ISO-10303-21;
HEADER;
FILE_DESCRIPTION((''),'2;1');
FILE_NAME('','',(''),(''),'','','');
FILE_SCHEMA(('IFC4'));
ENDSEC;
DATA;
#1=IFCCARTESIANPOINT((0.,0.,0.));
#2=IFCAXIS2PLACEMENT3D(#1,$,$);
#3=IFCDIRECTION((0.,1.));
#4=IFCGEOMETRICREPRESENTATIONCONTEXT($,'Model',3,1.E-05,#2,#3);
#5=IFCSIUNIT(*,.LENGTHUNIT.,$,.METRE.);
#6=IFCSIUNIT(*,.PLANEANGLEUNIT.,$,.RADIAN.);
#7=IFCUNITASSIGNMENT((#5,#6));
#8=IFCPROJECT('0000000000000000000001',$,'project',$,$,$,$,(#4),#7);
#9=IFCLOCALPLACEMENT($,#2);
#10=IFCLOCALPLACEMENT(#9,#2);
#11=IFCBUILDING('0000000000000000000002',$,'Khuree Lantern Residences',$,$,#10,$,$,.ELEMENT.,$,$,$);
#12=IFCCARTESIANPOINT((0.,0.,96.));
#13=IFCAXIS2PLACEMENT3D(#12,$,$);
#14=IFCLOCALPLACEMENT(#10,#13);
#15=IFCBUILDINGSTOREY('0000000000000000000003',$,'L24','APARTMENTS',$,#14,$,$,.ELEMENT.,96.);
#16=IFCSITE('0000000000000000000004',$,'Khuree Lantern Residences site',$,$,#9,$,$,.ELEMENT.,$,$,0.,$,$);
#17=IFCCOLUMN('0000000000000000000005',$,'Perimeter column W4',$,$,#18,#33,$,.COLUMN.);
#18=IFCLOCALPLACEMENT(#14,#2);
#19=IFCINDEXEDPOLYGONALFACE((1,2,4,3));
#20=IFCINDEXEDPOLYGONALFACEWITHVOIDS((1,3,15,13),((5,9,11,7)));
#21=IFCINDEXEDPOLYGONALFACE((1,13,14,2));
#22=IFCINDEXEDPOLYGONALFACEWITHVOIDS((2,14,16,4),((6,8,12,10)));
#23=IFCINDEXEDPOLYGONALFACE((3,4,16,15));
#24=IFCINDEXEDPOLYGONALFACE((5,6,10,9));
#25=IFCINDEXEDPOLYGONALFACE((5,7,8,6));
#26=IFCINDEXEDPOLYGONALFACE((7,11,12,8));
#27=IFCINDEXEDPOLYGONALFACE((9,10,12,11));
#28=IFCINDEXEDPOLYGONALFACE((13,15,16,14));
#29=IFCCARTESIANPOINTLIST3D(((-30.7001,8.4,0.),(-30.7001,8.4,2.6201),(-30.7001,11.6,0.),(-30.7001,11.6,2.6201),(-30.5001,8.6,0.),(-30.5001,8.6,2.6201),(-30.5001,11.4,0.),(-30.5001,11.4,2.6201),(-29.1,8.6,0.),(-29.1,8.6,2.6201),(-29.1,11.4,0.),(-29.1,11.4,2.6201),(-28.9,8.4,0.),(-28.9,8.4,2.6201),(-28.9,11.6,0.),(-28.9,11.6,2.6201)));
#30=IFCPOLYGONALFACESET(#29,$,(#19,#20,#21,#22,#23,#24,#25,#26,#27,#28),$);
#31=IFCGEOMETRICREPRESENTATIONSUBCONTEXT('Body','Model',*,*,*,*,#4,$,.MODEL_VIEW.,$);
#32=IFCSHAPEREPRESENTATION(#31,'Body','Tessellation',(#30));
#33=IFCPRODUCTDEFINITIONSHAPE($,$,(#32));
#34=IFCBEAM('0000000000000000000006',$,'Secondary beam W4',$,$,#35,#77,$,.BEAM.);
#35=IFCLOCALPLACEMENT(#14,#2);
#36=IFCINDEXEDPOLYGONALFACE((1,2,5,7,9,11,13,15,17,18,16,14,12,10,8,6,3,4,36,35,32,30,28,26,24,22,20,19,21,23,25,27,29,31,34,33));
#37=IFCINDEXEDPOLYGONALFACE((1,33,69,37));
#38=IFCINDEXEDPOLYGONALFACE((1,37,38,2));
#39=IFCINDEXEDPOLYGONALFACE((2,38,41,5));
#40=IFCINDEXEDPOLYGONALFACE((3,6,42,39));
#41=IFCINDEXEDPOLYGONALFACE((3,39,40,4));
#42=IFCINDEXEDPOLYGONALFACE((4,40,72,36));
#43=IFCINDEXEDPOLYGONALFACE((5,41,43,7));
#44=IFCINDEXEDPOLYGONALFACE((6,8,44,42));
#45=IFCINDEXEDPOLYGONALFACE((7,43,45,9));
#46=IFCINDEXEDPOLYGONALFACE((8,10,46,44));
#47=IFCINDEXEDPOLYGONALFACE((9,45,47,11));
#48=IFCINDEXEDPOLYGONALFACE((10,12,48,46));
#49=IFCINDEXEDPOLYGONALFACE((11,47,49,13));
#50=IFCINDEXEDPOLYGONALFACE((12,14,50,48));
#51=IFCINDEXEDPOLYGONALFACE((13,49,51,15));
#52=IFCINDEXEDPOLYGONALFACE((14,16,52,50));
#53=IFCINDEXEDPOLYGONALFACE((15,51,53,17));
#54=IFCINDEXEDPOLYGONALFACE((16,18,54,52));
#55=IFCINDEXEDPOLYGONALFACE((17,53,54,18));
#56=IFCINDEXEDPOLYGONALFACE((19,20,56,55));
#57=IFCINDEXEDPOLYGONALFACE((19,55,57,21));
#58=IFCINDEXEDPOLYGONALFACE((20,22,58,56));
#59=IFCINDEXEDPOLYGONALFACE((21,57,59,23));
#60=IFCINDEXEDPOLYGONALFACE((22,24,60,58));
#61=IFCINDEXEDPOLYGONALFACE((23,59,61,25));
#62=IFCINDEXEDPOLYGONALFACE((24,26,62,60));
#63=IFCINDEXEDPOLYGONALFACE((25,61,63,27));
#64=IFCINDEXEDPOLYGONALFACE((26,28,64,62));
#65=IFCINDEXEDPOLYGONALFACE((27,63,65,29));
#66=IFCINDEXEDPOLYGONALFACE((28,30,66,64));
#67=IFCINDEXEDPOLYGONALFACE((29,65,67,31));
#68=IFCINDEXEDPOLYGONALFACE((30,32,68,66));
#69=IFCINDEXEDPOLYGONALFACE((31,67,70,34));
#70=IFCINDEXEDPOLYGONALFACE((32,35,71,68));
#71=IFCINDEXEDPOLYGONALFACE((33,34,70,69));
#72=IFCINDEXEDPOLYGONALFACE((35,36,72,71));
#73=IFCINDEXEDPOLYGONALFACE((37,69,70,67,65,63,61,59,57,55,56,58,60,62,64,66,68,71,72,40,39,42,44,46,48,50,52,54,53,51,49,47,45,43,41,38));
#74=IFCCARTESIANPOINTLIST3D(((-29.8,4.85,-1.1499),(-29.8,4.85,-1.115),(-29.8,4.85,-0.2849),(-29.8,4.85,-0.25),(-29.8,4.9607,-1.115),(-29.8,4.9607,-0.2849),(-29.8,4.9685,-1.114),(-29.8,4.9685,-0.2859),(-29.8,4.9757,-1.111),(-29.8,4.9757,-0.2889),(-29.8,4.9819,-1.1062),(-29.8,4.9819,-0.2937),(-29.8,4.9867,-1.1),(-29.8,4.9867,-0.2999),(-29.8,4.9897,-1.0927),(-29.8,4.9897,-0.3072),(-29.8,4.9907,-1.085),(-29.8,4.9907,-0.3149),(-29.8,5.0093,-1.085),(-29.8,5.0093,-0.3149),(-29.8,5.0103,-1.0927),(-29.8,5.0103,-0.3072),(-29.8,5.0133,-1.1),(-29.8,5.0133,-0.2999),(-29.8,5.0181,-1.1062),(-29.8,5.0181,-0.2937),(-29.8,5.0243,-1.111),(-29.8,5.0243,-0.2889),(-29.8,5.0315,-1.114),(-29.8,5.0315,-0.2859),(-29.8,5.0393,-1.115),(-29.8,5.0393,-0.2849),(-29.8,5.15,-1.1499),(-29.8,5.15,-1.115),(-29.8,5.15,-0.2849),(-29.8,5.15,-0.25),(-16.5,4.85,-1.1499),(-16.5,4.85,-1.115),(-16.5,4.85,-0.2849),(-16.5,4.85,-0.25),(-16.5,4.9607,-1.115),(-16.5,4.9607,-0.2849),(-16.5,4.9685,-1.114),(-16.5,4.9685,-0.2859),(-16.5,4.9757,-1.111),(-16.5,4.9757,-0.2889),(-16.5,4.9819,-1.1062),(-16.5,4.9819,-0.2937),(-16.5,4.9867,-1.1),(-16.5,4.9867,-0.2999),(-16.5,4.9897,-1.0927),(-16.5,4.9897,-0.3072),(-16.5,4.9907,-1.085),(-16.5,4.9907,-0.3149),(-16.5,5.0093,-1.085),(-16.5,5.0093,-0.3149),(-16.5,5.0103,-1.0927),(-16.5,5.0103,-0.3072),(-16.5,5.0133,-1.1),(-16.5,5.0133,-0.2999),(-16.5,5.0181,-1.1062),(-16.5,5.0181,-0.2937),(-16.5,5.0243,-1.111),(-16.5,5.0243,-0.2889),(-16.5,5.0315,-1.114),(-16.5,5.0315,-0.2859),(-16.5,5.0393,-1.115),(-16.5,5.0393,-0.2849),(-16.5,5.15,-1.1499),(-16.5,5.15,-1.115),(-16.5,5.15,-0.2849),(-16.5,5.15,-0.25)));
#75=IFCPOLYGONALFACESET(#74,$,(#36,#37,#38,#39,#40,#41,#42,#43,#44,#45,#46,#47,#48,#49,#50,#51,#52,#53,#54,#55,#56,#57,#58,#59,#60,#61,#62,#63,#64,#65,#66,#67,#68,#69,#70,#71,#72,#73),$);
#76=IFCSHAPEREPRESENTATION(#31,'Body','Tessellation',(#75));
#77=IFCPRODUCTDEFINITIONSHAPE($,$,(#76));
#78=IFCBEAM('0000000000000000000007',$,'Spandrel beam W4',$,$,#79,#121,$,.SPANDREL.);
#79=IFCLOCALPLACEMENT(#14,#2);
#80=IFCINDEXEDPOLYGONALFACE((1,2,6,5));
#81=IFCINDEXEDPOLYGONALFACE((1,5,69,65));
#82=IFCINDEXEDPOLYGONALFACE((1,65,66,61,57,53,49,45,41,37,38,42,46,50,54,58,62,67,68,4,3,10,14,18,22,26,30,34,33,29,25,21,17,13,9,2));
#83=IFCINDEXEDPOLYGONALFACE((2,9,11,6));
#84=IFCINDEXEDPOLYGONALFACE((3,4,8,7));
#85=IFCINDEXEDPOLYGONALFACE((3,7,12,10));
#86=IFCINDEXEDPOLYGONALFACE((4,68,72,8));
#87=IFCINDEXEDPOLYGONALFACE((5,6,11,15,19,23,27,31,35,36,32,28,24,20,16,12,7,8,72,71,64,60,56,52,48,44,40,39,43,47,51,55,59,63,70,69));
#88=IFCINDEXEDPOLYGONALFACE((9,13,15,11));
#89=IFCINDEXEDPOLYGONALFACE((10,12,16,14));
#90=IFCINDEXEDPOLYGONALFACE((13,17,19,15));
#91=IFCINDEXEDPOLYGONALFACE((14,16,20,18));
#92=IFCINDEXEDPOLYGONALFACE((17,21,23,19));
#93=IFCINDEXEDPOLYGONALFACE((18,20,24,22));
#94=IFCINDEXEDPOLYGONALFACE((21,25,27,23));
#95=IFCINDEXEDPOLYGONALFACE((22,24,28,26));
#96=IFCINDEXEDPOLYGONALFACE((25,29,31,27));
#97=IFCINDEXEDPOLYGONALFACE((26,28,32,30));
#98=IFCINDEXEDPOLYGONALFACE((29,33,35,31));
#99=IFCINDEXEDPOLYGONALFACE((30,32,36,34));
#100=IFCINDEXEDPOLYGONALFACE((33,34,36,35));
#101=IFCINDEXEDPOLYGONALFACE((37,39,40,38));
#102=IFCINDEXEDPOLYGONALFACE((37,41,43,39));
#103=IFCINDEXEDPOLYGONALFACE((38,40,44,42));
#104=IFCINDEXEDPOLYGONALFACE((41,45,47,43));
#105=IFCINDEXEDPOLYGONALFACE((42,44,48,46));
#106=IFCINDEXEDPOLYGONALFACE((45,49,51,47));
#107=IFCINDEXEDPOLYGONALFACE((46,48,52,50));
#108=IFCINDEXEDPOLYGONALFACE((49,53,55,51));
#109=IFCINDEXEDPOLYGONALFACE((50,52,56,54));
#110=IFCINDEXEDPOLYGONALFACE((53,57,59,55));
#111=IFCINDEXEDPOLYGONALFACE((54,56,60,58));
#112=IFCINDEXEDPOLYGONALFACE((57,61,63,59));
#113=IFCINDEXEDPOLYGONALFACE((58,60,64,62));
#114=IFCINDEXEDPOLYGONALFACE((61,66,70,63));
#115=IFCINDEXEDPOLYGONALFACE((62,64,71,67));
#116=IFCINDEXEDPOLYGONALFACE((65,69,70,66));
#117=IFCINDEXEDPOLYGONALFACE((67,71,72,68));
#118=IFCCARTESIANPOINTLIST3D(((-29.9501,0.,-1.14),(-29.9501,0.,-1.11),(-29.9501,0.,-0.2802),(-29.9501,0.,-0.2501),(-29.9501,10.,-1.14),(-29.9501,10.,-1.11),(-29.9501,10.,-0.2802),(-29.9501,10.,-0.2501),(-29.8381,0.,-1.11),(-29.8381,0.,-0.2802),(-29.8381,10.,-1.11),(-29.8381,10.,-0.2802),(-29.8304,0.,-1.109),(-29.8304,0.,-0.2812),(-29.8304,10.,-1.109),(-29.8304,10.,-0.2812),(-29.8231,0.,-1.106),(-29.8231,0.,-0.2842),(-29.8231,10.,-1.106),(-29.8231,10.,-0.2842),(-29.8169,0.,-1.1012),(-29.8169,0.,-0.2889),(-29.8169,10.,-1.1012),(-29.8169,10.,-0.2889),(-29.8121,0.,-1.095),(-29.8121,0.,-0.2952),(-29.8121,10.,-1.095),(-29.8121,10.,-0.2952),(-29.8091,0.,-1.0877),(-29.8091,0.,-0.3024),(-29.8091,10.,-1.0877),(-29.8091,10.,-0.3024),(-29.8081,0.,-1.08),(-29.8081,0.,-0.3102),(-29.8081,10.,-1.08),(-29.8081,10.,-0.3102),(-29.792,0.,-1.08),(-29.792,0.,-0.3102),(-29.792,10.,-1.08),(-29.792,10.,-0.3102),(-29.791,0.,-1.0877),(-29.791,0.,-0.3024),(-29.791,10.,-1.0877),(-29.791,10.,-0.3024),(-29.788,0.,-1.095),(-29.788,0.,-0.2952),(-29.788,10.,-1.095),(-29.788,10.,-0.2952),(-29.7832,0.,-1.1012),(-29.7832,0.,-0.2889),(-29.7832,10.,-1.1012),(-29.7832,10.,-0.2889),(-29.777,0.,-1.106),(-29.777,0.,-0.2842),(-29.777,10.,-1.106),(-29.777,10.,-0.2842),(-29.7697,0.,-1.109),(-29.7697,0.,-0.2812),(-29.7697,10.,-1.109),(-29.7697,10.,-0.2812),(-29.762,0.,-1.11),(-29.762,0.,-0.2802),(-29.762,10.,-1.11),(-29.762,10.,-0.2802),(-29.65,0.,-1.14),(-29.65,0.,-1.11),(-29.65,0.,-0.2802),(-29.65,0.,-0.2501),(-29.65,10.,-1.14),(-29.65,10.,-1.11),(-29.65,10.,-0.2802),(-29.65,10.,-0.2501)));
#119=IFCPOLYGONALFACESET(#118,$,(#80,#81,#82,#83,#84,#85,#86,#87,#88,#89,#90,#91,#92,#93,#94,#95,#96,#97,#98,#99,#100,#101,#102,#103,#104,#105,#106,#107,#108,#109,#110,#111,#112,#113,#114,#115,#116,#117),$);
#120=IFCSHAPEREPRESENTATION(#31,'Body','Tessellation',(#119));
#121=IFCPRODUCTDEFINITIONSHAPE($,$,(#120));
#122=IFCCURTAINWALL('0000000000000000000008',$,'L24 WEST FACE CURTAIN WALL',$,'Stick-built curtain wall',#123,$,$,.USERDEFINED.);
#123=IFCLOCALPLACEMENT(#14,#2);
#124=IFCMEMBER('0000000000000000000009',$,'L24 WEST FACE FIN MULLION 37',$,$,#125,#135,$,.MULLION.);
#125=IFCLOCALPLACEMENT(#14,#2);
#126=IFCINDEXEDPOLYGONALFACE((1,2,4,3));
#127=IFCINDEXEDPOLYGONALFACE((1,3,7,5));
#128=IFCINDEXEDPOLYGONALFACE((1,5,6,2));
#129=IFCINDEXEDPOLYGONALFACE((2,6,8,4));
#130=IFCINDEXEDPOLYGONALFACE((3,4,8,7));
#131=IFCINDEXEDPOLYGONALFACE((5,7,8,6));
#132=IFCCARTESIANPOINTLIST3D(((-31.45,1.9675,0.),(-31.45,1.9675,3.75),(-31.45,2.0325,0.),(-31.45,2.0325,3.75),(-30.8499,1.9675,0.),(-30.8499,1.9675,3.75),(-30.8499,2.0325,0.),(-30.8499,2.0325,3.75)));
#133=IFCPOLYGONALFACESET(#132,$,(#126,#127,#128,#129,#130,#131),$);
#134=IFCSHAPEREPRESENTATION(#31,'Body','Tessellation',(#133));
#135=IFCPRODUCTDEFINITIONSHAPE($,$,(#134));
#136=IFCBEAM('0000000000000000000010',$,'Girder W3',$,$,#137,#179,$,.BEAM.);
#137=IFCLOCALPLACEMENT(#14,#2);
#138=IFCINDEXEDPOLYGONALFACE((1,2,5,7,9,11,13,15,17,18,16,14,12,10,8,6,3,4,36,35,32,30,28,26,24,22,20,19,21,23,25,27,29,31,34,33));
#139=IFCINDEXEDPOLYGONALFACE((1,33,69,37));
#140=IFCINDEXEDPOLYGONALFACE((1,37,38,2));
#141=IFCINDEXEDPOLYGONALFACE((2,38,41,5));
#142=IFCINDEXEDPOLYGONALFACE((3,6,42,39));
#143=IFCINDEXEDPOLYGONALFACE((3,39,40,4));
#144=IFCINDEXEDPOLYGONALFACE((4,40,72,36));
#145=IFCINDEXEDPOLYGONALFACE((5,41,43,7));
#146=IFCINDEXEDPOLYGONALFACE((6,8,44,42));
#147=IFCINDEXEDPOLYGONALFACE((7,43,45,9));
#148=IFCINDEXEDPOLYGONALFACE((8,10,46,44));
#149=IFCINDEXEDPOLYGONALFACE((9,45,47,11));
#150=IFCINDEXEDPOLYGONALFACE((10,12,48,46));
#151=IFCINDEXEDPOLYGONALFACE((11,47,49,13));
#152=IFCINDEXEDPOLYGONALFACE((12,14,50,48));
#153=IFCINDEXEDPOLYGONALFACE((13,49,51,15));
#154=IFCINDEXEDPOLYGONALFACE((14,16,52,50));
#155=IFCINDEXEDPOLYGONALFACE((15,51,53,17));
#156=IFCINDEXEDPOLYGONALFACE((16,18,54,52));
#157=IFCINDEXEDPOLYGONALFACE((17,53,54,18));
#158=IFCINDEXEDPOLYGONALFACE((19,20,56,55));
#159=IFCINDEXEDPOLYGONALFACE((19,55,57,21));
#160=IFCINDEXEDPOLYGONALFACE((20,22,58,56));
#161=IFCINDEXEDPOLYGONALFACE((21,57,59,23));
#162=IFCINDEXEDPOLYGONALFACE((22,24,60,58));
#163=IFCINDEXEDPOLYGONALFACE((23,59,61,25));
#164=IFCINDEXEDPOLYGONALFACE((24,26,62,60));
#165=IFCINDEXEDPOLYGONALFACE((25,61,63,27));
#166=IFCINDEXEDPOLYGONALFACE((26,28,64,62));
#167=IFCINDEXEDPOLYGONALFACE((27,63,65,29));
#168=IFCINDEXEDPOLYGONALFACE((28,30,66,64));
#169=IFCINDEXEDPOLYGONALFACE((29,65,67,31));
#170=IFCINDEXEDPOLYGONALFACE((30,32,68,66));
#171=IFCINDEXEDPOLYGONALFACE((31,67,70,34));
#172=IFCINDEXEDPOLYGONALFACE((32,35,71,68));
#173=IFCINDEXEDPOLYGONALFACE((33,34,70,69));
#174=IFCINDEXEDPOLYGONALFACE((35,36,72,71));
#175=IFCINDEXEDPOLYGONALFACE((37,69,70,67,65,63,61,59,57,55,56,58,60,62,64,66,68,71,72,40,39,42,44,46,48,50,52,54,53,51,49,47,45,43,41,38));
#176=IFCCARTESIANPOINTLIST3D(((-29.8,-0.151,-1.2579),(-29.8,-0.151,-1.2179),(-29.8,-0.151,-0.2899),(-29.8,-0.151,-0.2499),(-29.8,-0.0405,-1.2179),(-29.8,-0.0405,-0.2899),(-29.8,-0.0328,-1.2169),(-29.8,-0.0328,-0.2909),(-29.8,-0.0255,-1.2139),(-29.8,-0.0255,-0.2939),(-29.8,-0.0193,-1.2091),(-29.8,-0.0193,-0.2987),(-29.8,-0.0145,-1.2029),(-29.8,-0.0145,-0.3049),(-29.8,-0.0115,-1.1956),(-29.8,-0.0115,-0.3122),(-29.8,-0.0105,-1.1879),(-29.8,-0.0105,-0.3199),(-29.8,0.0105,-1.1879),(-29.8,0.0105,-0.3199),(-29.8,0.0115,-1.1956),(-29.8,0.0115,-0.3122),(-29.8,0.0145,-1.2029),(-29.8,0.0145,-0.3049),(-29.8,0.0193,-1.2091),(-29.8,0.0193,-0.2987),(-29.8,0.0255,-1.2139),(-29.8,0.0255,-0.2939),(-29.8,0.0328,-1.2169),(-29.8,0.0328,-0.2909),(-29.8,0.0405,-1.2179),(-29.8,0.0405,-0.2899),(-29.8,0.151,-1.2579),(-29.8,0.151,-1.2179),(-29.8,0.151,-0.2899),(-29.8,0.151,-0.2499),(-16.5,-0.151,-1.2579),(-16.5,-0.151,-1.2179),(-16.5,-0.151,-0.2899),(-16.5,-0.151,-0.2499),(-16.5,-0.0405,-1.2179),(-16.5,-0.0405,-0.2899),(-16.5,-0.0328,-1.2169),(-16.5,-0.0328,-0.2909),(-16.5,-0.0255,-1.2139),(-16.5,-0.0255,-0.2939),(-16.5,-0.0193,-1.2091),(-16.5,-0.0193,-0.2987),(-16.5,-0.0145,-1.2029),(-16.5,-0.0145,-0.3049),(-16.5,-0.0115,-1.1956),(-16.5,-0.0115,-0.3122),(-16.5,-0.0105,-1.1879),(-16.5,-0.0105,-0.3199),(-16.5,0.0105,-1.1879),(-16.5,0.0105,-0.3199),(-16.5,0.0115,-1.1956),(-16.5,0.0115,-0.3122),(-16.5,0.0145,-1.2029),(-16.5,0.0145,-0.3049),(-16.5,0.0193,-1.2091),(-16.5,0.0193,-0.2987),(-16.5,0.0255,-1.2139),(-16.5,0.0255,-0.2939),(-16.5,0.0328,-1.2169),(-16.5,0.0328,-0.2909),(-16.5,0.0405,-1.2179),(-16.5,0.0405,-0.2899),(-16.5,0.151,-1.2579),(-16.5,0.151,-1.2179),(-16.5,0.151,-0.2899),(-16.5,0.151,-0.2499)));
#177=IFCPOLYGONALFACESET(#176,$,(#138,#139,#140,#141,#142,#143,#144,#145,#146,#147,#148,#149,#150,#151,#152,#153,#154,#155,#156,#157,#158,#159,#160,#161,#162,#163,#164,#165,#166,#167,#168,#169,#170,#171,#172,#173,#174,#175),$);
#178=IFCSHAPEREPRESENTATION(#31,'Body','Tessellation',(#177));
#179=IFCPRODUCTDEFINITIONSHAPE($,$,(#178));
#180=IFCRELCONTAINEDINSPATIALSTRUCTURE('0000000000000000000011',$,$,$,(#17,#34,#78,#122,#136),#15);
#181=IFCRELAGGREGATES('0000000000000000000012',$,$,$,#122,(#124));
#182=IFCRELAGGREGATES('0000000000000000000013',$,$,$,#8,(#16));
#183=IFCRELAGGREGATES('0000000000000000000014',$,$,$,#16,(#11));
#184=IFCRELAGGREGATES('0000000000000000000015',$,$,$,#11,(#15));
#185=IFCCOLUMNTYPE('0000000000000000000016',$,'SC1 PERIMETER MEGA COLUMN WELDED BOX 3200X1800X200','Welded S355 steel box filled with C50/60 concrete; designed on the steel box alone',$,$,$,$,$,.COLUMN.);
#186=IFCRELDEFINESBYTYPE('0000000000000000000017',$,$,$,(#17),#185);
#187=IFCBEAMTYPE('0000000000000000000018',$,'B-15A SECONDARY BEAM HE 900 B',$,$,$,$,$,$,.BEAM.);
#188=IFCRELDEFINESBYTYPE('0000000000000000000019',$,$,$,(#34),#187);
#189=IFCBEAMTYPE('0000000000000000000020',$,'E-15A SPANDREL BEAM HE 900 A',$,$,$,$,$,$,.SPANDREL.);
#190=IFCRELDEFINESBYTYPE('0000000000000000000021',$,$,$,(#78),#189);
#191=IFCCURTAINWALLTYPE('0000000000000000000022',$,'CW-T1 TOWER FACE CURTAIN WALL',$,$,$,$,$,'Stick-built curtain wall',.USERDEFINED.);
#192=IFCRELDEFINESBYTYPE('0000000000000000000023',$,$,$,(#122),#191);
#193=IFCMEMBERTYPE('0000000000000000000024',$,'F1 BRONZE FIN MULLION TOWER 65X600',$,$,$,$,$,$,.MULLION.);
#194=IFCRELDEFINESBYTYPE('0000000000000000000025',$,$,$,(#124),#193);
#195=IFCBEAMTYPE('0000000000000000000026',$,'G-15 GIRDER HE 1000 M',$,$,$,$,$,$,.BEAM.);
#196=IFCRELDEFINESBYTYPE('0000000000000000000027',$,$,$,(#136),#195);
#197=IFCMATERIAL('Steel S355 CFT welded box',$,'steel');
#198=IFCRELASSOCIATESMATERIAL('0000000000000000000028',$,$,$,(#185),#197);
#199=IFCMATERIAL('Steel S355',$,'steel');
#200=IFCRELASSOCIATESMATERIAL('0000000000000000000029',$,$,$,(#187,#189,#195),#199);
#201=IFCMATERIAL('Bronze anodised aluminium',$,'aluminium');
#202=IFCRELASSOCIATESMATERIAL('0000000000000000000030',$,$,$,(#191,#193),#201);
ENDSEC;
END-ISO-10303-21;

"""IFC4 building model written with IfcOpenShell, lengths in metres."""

from ifc_helpers import new_model, si_unit, direction, frame, origin, origin_2d, place, context, subcontext, project, spatial, rectangle, hollow_rectangle, i_section, extrude, material, material_profile, profile_set, type_object, element, aggregate, save


model = new_model("IFC4")

# Units and contexts
model_context = context("Model", 3, precision=1e-05, world=origin(), true_north=direction((0.0, 1.0)))
body_context = subcontext(model_context, "Body", "Model", "MODEL_VIEW")
ifc_project = project(units=[si_unit("LENGTHUNIT", "METRE"), si_unit("PLANEANGLEUNIT", "RADIAN")], contexts=[model_context])

# Site, building, storey
site_placement = place(None, origin())
site = spatial("IfcSite", under=ifc_project, at=site_placement, Name="Khuree Lantern Residences site", CompositionType="ELEMENT", RefElevation=0.0)
building_placement = place(site_placement, origin())
building = spatial("IfcBuilding", under=site, at=building_placement, Name="Khuree Lantern Residences", CompositionType="ELEMENT")
storey_placement = place(building_placement, frame((0.0, 0.0, 96.0)))
storey = spatial("IfcBuildingStorey", under=building, at=storey_placement, Name="L24", Description="APARTMENTS", CompositionType="ELEMENT", Elevation=96.0)

# Column
ifc_material_1 = material(Name="Steel S355 CFT welded box", Category="steel")
ifc_material_profile_1 = material_profile(ifc_material_1, hollow_rectangle(XDim=3.2, YDim=1.8, WallThickness=0.2, at=origin_2d()), Name="WELDED BOX 3200X1800X200")
ifc_profile_set_1 = profile_set([ifc_material_profile_1], Name="Steel S355 CFT welded box")
column_type = type_object("IfcColumnType", Name="SC1 PERIMETER MEGA COLUMN WELDED BOX 3200X1800X200", Description="Welded S355 steel box filled with C50/60 concrete; designed on the steel box alone", PredefinedType="COLUMN", material=ifc_profile_set_1)
column_placement = place(storey_placement, frame((-29.8, 10.0, 0.0), z_axis=(0.0, 0.0, 1.0), x_axis=(0.0, 1.0, 0.0)))
element("IfcColumn", 1, at=column_placement, inside=storey, type_object=column_type, Name="Perimeter column W4", PredefinedType="COLUMN", context=body_context, shape_type="SweptSolid", body=[
    extrude(hollow_rectangle(XDim=3.2, YDim=1.8, WallThickness=0.2, at=origin_2d()), origin(), (0.0, 0.0, 1.0), 2.6201),
])

# Beams
ifc_material_2 = material(Name="Steel S355", Category="steel")
ifc_material_profile_2 = material_profile(ifc_material_2, i_section(OverallWidth=0.3, OverallDepth=0.8999, WebThickness=0.0186, FlangeThickness=0.0349, FilletRadius=0.03, at=origin_2d()), Name="HE 900 B")
ifc_profile_set_2 = profile_set([ifc_material_profile_2], Name="Steel S355")
beam_type_1 = type_object("IfcBeamType", Name="B-15A SECONDARY BEAM HE 900 B", PredefinedType="BEAM", material=ifc_profile_set_2)
beam_1_placement = place(storey_placement, frame((-29.8, 5.0, -0.7), z_axis=(1.0, 0.0, 0.0), x_axis=(0.0, 1.0, 0.0)))
element("IfcBeam", 2, at=beam_1_placement, inside=storey, type_object=beam_type_1, Name="Secondary beam W4", PredefinedType="BEAM", context=body_context, shape_type="SweptSolid", body=[
    extrude(i_section(OverallWidth=0.3, OverallDepth=0.8999, WebThickness=0.0186, FlangeThickness=0.0349, FilletRadius=0.03, at=origin_2d()), origin(), (0.0, 0.0, 1.0), 13.3),
])
ifc_material_profile_3 = material_profile(ifc_material_2, i_section(OverallWidth=0.3, OverallDepth=0.8899, WebThickness=0.0161, FlangeThickness=0.03, FilletRadius=0.03, at=origin_2d()), Name="HE 900 A")
ifc_profile_set_3 = profile_set([ifc_material_profile_3], Name="Steel S355")
beam_type_2 = type_object("IfcBeamType", Name="E-15A SPANDREL BEAM HE 900 A", PredefinedType="SPANDREL", material=ifc_profile_set_3)
beam_2_placement = place(storey_placement, frame((-29.8, 0.0, -0.6951), z_axis=(0.0, 1.0, 0.0), x_axis=(-1.0, 0.0, 0.0)))
element("IfcBeam", 3, at=beam_2_placement, inside=storey, type_object=beam_type_2, Name="Spandrel beam W4", PredefinedType="SPANDREL", context=body_context, shape_type="SweptSolid", body=[
    extrude(i_section(OverallWidth=0.3, OverallDepth=0.8899, WebThickness=0.0161, FlangeThickness=0.03, FilletRadius=0.03, at=origin_2d()), origin(), (0.0, 0.0, 1.0), 10.0),
])

# Curtain wall, member
ifc_material_3 = material(Name="Bronze anodised aluminium", Category="aluminium")
curtain_wall_type = type_object("IfcCurtainWallType", Name="CW-T1 TOWER FACE CURTAIN WALL", ElementType="Stick-built curtain wall", PredefinedType="USERDEFINED", material=ifc_material_3)
curtain_wall_placement = place(storey_placement, origin())
curtain_wall = element("IfcCurtainWall", 4, at=curtain_wall_placement, inside=storey, type_object=curtain_wall_type, Name="L24 WEST FACE CURTAIN WALL", ObjectType="Stick-built curtain wall", PredefinedType="USERDEFINED")
ifc_material_profile_4 = material_profile(ifc_material_3, rectangle(XDim=0.0649, YDim=0.6001, at=origin_2d()), Name="F1 65X600")
ifc_profile_set_4 = profile_set([ifc_material_profile_4], Name="Bronze anodised aluminium")
member_type_1 = type_object("IfcMemberType", Name="F1 BRONZE FIN MULLION TOWER 65X600", PredefinedType="MULLION", material=ifc_profile_set_4)
member_1_placement = place(storey_placement, frame((-31.1499, 2.0, 0.0), z_axis=(0.0, 0.0, 1.0), x_axis=(0.0, -1.0, 0.0)))
member_1 = element("IfcMember", 5, at=member_1_placement, type_object=member_type_1, Name="L24 WEST FACE FIN MULLION 37", PredefinedType="MULLION", context=body_context, shape_type="SweptSolid", body=[
    extrude(rectangle(XDim=0.0649, YDim=0.6001, at=origin_2d()), origin(), (0.0, 0.0, 1.0), 3.75),
])

# Beam
ifc_material_profile_5 = material_profile(ifc_material_2, i_section(OverallWidth=0.302, OverallDepth=1.0081, WebThickness=0.021, FlangeThickness=0.04, FilletRadius=0.03, at=origin_2d()), Name="HE 1000 M")
ifc_profile_set_5 = profile_set([ifc_material_profile_5], Name="Steel S355")
beam_type_3 = type_object("IfcBeamType", Name="G-15 GIRDER HE 1000 M", PredefinedType="BEAM", material=ifc_profile_set_5)
beam_3_placement = place(storey_placement, frame((-29.8, 0.0, -0.7539), z_axis=(1.0, 0.0, 0.0), x_axis=(0.0, 1.0, 0.0)))
element("IfcBeam", 6, at=beam_3_placement, inside=storey, type_object=beam_type_3, Name="Girder W3", PredefinedType="BEAM", context=body_context, shape_type="SweptSolid", body=[
    extrude(i_section(OverallWidth=0.302, OverallDepth=1.0081, WebThickness=0.021, FlangeThickness=0.04, FilletRadius=0.03, at=origin_2d()), origin(), (0.0, 0.0, 1.0), 13.3),
])

aggregate(curtain_wall, [member_1])

save(model, "model.ifc")
